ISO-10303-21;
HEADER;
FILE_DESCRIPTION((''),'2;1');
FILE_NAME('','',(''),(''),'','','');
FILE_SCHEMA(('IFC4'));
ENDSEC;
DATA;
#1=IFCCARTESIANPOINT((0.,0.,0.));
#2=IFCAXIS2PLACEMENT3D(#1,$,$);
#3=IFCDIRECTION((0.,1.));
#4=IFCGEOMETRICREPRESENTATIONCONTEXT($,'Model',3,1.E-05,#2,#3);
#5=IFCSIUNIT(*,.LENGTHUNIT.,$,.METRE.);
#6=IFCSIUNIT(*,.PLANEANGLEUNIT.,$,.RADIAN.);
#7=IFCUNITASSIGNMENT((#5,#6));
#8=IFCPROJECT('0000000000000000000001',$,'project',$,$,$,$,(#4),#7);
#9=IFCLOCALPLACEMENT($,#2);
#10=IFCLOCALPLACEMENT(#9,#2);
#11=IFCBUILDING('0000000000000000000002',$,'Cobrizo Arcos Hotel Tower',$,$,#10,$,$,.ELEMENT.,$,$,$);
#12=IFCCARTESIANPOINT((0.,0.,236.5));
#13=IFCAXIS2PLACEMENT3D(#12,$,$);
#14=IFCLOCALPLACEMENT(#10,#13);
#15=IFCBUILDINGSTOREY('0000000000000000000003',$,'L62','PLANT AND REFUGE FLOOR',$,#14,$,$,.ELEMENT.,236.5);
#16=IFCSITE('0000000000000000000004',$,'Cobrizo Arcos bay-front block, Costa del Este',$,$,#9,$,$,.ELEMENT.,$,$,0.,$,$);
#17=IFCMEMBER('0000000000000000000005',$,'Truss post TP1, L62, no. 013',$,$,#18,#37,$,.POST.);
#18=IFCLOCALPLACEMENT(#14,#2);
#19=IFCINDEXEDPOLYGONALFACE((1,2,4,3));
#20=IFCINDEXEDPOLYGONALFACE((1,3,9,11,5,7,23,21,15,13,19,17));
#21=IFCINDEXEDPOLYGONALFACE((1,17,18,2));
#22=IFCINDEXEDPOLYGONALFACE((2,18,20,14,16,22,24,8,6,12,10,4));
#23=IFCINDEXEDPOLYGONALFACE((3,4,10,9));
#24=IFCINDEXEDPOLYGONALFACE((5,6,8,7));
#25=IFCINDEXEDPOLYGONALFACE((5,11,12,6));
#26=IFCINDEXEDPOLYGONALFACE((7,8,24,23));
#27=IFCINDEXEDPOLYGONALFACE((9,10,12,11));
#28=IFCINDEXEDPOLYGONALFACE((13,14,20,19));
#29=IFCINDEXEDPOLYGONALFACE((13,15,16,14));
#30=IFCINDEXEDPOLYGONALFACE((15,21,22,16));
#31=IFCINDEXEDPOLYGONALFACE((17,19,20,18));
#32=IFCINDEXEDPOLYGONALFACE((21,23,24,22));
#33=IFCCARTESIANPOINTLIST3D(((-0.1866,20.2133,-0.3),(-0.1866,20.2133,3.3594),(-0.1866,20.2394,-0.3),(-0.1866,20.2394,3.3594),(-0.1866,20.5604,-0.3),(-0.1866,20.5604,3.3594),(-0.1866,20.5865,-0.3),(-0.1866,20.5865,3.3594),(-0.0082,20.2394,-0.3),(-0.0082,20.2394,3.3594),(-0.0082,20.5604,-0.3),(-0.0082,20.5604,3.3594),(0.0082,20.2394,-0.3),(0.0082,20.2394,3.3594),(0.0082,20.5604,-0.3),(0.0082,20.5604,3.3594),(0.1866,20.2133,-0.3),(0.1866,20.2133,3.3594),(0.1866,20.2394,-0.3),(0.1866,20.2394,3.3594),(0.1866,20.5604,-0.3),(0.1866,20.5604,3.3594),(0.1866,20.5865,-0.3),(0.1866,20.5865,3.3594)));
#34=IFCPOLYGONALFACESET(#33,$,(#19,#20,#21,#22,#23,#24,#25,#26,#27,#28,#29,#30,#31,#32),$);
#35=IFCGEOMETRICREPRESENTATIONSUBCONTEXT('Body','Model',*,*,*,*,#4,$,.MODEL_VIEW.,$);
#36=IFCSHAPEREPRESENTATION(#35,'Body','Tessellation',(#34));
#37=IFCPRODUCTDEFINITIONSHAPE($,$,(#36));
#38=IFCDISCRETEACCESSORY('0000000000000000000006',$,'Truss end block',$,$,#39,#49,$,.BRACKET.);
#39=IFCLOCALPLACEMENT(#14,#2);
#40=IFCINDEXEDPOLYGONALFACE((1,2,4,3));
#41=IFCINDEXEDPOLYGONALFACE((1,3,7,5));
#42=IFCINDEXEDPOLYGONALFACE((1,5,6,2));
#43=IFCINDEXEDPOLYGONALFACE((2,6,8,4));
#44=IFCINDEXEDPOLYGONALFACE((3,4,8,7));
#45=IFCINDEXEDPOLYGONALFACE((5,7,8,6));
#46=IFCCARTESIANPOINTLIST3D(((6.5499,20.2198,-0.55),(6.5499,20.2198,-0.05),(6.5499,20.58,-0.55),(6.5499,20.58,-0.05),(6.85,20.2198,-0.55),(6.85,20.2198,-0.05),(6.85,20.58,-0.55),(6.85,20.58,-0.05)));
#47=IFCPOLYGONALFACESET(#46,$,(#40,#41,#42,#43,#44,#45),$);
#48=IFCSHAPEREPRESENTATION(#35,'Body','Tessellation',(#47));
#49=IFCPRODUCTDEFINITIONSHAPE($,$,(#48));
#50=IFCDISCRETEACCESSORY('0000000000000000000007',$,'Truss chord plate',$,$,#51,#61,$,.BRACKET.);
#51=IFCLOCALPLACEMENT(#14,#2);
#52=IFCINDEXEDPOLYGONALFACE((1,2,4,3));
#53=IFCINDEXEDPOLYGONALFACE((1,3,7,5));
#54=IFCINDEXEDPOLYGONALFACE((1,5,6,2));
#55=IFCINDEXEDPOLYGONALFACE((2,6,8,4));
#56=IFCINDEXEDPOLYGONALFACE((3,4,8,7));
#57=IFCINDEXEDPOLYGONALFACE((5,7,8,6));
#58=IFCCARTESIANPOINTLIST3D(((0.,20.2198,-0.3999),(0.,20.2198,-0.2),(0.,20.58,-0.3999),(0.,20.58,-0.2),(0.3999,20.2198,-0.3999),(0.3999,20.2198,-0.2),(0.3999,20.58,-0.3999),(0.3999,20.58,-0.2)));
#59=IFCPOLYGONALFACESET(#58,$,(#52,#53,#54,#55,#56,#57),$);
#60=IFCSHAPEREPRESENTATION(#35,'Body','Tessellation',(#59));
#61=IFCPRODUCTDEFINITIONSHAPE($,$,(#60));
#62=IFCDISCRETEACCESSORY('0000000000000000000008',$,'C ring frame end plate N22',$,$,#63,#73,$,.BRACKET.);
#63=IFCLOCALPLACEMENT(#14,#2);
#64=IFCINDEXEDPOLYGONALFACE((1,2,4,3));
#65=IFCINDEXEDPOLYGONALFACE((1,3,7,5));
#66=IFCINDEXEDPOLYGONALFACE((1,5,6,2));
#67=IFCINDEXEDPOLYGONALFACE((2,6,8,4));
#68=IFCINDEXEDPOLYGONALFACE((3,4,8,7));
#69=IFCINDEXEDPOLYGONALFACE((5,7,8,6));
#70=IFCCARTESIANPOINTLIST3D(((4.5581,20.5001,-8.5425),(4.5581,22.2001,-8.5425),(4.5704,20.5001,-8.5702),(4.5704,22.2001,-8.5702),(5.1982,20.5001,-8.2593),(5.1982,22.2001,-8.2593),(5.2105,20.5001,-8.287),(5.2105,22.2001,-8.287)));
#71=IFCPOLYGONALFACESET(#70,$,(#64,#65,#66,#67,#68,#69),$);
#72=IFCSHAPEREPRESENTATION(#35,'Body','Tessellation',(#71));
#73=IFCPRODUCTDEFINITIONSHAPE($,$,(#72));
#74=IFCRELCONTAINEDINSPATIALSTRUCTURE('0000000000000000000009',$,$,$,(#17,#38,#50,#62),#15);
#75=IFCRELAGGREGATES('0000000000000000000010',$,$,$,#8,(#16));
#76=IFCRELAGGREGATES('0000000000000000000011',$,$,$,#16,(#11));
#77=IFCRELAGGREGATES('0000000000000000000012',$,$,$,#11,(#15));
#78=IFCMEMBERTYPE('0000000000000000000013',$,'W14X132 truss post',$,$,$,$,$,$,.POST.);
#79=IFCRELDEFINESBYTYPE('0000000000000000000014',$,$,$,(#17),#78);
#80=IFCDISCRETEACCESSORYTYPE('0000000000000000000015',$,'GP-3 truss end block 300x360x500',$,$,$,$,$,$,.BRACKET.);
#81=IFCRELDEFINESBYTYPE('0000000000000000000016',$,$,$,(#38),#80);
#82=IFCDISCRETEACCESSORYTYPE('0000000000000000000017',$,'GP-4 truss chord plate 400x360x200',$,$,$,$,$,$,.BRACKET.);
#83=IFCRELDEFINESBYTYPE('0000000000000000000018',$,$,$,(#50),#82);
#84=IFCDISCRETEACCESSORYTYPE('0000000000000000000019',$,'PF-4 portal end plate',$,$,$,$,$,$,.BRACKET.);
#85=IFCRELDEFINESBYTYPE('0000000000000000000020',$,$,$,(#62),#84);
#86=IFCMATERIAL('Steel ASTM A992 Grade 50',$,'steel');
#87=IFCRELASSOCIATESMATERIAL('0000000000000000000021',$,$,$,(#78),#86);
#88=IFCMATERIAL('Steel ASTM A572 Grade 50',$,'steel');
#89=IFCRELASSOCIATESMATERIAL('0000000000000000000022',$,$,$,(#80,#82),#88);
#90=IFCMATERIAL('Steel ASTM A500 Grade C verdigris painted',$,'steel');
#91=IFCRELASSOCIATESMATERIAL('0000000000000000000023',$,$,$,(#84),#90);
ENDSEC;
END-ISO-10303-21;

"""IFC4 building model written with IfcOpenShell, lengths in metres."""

from ifc_helpers import new_model, si_unit, direction, frame, origin, origin_2d, place, context, subcontext, project, spatial, rectangle, i_section, extrude, material, material_profile, profile_set, type_object, element, save


model = new_model("IFC4")

# Units and contexts
model_context = context("Model", 3, precision=1e-05, world=origin(), true_north=direction((0.0, 1.0)))
body_context = subcontext(model_context, "Body", "Model", "MODEL_VIEW")
ifc_project = project(units=[si_unit("LENGTHUNIT", "METRE"), si_unit("PLANEANGLEUNIT", "RADIAN")], contexts=[model_context])

# Site, building, storey
site_placement = place(None, origin())
site = spatial("IfcSite", under=ifc_project, at=site_placement, Name="Cobrizo Arcos bay-front block, Costa del Este", CompositionType="ELEMENT", RefElevation=0.0)
building_placement = place(site_placement, origin())
building = spatial("IfcBuilding", under=site, at=building_placement, Name="Cobrizo Arcos Hotel Tower", CompositionType="ELEMENT")
storey_placement = place(building_placement, frame((0.0, 0.0, 236.5)))
storey = spatial("IfcBuildingStorey", under=building, at=storey_placement, Name="L62", Description="PLANT AND REFUGE FLOOR", CompositionType="ELEMENT", Elevation=236.5)

# Shared definitions
ifc_material_1 = material(Name="Steel ASTM A572 Grade 50", Category="steel")

# Member
ifc_material_2 = material(Name="Steel ASTM A992 Grade 50", Category="steel")
ifc_material_profile_1 = material_profile(ifc_material_2, i_section(OverallWidth=0.3733, OverallDepth=0.3733, WebThickness=0.0164, FlangeThickness=0.0261, at=origin_2d()), Name="W14X132")
ifc_profile_set_1 = profile_set([ifc_material_profile_1], Name="Steel ASTM A992 Grade 50")
member_type_1 = type_object("IfcMemberType", Name="W14X132 truss post", PredefinedType="POST", material=ifc_profile_set_1)
for number, where, z_axis, x_axis, name in (
    (1, (0.0, 20.3999, -0.3), (0.0, 0.0, 1.0), (1.0, 0.0, 0.0), "Truss post TP1, L62, no. 013"),
):
    element("IfcMember", number, at=place(storey_placement, frame(where, z_axis=z_axis, x_axis=x_axis)), inside=storey, type_object=member_type_1, Name=name, PredefinedType="POST", context=body_context, shape_type="SweptSolid", body=[
        extrude(i_section(OverallWidth=0.3733, OverallDepth=0.3733, WebThickness=0.0164, FlangeThickness=0.0261, at=origin_2d()), origin(), (0.0, 0.0, 1.0), 3.6594),
    ])

# Discrete accessories
discrete_accessory_type_1 = type_object("IfcDiscreteAccessoryType", Name="GP-3 truss end block 300x360x500", PredefinedType="BRACKET", material=ifc_material_1)
discrete_accessory_1_placement = place(storey_placement, frame((6.7, 20.3999, -0.55), z_axis=(0.0, 0.0, 1.0), x_axis=(-1.0, 0.0, 0.0)))
element("IfcDiscreteAccessory", 2, at=discrete_accessory_1_placement, inside=storey, type_object=discrete_accessory_type_1, Name="Truss end block", PredefinedType="BRACKET", context=body_context, shape_type="SweptSolid", body=[
    extrude(rectangle(XDim=0.3, YDim=0.3601, at=origin_2d()), origin(), (0.0, 0.0, 1.0), 0.5),
])
discrete_accessory_type_2 = type_object("IfcDiscreteAccessoryType", Name="GP-4 truss chord plate 400x360x200", PredefinedType="BRACKET", material=ifc_material_1)
discrete_accessory_2_placement = place(storey_placement, frame((0.2, 20.3999, -0.3999), z_axis=(0.0, 0.0, 1.0), x_axis=(-1.0, 0.0, 0.0)))
element("IfcDiscreteAccessory", 3, at=discrete_accessory_2_placement, inside=storey, type_object=discrete_accessory_type_2, Name="Truss chord plate", PredefinedType="BRACKET", context=body_context, shape_type="SweptSolid", body=[
    extrude(rectangle(XDim=0.3999, YDim=0.3601, at=origin_2d()), origin(), (0.0, 0.0, 1.0), 0.2),
])
ifc_material_3 = material(Name="Steel ASTM A500 Grade C verdigris painted", Category="steel")
discrete_accessory_type_3 = type_object("IfcDiscreteAccessoryType", Name="PF-4 portal end plate", PredefinedType="BRACKET", material=ifc_material_3)
discrete_accessory_3_placement = place(storey_placement, frame((4.8782, 21.3501, -8.4009), z_axis=(0.404636, 0.0, -0.914478), x_axis=(0.0, 1.0, 0.0)))
element("IfcDiscreteAccessory", 4, at=discrete_accessory_3_placement, inside=storey, type_object=discrete_accessory_type_3, Name="C ring frame end plate N22", PredefinedType="BRACKET", context=body_context, shape_type="SweptSolid", body=[
    extrude(rectangle(XDim=1.7, YDim=0.7, at=origin_2d()), origin(), (0.0, 0.0, 1.0), 0.0303),
])

save(model, "model.ifc")
